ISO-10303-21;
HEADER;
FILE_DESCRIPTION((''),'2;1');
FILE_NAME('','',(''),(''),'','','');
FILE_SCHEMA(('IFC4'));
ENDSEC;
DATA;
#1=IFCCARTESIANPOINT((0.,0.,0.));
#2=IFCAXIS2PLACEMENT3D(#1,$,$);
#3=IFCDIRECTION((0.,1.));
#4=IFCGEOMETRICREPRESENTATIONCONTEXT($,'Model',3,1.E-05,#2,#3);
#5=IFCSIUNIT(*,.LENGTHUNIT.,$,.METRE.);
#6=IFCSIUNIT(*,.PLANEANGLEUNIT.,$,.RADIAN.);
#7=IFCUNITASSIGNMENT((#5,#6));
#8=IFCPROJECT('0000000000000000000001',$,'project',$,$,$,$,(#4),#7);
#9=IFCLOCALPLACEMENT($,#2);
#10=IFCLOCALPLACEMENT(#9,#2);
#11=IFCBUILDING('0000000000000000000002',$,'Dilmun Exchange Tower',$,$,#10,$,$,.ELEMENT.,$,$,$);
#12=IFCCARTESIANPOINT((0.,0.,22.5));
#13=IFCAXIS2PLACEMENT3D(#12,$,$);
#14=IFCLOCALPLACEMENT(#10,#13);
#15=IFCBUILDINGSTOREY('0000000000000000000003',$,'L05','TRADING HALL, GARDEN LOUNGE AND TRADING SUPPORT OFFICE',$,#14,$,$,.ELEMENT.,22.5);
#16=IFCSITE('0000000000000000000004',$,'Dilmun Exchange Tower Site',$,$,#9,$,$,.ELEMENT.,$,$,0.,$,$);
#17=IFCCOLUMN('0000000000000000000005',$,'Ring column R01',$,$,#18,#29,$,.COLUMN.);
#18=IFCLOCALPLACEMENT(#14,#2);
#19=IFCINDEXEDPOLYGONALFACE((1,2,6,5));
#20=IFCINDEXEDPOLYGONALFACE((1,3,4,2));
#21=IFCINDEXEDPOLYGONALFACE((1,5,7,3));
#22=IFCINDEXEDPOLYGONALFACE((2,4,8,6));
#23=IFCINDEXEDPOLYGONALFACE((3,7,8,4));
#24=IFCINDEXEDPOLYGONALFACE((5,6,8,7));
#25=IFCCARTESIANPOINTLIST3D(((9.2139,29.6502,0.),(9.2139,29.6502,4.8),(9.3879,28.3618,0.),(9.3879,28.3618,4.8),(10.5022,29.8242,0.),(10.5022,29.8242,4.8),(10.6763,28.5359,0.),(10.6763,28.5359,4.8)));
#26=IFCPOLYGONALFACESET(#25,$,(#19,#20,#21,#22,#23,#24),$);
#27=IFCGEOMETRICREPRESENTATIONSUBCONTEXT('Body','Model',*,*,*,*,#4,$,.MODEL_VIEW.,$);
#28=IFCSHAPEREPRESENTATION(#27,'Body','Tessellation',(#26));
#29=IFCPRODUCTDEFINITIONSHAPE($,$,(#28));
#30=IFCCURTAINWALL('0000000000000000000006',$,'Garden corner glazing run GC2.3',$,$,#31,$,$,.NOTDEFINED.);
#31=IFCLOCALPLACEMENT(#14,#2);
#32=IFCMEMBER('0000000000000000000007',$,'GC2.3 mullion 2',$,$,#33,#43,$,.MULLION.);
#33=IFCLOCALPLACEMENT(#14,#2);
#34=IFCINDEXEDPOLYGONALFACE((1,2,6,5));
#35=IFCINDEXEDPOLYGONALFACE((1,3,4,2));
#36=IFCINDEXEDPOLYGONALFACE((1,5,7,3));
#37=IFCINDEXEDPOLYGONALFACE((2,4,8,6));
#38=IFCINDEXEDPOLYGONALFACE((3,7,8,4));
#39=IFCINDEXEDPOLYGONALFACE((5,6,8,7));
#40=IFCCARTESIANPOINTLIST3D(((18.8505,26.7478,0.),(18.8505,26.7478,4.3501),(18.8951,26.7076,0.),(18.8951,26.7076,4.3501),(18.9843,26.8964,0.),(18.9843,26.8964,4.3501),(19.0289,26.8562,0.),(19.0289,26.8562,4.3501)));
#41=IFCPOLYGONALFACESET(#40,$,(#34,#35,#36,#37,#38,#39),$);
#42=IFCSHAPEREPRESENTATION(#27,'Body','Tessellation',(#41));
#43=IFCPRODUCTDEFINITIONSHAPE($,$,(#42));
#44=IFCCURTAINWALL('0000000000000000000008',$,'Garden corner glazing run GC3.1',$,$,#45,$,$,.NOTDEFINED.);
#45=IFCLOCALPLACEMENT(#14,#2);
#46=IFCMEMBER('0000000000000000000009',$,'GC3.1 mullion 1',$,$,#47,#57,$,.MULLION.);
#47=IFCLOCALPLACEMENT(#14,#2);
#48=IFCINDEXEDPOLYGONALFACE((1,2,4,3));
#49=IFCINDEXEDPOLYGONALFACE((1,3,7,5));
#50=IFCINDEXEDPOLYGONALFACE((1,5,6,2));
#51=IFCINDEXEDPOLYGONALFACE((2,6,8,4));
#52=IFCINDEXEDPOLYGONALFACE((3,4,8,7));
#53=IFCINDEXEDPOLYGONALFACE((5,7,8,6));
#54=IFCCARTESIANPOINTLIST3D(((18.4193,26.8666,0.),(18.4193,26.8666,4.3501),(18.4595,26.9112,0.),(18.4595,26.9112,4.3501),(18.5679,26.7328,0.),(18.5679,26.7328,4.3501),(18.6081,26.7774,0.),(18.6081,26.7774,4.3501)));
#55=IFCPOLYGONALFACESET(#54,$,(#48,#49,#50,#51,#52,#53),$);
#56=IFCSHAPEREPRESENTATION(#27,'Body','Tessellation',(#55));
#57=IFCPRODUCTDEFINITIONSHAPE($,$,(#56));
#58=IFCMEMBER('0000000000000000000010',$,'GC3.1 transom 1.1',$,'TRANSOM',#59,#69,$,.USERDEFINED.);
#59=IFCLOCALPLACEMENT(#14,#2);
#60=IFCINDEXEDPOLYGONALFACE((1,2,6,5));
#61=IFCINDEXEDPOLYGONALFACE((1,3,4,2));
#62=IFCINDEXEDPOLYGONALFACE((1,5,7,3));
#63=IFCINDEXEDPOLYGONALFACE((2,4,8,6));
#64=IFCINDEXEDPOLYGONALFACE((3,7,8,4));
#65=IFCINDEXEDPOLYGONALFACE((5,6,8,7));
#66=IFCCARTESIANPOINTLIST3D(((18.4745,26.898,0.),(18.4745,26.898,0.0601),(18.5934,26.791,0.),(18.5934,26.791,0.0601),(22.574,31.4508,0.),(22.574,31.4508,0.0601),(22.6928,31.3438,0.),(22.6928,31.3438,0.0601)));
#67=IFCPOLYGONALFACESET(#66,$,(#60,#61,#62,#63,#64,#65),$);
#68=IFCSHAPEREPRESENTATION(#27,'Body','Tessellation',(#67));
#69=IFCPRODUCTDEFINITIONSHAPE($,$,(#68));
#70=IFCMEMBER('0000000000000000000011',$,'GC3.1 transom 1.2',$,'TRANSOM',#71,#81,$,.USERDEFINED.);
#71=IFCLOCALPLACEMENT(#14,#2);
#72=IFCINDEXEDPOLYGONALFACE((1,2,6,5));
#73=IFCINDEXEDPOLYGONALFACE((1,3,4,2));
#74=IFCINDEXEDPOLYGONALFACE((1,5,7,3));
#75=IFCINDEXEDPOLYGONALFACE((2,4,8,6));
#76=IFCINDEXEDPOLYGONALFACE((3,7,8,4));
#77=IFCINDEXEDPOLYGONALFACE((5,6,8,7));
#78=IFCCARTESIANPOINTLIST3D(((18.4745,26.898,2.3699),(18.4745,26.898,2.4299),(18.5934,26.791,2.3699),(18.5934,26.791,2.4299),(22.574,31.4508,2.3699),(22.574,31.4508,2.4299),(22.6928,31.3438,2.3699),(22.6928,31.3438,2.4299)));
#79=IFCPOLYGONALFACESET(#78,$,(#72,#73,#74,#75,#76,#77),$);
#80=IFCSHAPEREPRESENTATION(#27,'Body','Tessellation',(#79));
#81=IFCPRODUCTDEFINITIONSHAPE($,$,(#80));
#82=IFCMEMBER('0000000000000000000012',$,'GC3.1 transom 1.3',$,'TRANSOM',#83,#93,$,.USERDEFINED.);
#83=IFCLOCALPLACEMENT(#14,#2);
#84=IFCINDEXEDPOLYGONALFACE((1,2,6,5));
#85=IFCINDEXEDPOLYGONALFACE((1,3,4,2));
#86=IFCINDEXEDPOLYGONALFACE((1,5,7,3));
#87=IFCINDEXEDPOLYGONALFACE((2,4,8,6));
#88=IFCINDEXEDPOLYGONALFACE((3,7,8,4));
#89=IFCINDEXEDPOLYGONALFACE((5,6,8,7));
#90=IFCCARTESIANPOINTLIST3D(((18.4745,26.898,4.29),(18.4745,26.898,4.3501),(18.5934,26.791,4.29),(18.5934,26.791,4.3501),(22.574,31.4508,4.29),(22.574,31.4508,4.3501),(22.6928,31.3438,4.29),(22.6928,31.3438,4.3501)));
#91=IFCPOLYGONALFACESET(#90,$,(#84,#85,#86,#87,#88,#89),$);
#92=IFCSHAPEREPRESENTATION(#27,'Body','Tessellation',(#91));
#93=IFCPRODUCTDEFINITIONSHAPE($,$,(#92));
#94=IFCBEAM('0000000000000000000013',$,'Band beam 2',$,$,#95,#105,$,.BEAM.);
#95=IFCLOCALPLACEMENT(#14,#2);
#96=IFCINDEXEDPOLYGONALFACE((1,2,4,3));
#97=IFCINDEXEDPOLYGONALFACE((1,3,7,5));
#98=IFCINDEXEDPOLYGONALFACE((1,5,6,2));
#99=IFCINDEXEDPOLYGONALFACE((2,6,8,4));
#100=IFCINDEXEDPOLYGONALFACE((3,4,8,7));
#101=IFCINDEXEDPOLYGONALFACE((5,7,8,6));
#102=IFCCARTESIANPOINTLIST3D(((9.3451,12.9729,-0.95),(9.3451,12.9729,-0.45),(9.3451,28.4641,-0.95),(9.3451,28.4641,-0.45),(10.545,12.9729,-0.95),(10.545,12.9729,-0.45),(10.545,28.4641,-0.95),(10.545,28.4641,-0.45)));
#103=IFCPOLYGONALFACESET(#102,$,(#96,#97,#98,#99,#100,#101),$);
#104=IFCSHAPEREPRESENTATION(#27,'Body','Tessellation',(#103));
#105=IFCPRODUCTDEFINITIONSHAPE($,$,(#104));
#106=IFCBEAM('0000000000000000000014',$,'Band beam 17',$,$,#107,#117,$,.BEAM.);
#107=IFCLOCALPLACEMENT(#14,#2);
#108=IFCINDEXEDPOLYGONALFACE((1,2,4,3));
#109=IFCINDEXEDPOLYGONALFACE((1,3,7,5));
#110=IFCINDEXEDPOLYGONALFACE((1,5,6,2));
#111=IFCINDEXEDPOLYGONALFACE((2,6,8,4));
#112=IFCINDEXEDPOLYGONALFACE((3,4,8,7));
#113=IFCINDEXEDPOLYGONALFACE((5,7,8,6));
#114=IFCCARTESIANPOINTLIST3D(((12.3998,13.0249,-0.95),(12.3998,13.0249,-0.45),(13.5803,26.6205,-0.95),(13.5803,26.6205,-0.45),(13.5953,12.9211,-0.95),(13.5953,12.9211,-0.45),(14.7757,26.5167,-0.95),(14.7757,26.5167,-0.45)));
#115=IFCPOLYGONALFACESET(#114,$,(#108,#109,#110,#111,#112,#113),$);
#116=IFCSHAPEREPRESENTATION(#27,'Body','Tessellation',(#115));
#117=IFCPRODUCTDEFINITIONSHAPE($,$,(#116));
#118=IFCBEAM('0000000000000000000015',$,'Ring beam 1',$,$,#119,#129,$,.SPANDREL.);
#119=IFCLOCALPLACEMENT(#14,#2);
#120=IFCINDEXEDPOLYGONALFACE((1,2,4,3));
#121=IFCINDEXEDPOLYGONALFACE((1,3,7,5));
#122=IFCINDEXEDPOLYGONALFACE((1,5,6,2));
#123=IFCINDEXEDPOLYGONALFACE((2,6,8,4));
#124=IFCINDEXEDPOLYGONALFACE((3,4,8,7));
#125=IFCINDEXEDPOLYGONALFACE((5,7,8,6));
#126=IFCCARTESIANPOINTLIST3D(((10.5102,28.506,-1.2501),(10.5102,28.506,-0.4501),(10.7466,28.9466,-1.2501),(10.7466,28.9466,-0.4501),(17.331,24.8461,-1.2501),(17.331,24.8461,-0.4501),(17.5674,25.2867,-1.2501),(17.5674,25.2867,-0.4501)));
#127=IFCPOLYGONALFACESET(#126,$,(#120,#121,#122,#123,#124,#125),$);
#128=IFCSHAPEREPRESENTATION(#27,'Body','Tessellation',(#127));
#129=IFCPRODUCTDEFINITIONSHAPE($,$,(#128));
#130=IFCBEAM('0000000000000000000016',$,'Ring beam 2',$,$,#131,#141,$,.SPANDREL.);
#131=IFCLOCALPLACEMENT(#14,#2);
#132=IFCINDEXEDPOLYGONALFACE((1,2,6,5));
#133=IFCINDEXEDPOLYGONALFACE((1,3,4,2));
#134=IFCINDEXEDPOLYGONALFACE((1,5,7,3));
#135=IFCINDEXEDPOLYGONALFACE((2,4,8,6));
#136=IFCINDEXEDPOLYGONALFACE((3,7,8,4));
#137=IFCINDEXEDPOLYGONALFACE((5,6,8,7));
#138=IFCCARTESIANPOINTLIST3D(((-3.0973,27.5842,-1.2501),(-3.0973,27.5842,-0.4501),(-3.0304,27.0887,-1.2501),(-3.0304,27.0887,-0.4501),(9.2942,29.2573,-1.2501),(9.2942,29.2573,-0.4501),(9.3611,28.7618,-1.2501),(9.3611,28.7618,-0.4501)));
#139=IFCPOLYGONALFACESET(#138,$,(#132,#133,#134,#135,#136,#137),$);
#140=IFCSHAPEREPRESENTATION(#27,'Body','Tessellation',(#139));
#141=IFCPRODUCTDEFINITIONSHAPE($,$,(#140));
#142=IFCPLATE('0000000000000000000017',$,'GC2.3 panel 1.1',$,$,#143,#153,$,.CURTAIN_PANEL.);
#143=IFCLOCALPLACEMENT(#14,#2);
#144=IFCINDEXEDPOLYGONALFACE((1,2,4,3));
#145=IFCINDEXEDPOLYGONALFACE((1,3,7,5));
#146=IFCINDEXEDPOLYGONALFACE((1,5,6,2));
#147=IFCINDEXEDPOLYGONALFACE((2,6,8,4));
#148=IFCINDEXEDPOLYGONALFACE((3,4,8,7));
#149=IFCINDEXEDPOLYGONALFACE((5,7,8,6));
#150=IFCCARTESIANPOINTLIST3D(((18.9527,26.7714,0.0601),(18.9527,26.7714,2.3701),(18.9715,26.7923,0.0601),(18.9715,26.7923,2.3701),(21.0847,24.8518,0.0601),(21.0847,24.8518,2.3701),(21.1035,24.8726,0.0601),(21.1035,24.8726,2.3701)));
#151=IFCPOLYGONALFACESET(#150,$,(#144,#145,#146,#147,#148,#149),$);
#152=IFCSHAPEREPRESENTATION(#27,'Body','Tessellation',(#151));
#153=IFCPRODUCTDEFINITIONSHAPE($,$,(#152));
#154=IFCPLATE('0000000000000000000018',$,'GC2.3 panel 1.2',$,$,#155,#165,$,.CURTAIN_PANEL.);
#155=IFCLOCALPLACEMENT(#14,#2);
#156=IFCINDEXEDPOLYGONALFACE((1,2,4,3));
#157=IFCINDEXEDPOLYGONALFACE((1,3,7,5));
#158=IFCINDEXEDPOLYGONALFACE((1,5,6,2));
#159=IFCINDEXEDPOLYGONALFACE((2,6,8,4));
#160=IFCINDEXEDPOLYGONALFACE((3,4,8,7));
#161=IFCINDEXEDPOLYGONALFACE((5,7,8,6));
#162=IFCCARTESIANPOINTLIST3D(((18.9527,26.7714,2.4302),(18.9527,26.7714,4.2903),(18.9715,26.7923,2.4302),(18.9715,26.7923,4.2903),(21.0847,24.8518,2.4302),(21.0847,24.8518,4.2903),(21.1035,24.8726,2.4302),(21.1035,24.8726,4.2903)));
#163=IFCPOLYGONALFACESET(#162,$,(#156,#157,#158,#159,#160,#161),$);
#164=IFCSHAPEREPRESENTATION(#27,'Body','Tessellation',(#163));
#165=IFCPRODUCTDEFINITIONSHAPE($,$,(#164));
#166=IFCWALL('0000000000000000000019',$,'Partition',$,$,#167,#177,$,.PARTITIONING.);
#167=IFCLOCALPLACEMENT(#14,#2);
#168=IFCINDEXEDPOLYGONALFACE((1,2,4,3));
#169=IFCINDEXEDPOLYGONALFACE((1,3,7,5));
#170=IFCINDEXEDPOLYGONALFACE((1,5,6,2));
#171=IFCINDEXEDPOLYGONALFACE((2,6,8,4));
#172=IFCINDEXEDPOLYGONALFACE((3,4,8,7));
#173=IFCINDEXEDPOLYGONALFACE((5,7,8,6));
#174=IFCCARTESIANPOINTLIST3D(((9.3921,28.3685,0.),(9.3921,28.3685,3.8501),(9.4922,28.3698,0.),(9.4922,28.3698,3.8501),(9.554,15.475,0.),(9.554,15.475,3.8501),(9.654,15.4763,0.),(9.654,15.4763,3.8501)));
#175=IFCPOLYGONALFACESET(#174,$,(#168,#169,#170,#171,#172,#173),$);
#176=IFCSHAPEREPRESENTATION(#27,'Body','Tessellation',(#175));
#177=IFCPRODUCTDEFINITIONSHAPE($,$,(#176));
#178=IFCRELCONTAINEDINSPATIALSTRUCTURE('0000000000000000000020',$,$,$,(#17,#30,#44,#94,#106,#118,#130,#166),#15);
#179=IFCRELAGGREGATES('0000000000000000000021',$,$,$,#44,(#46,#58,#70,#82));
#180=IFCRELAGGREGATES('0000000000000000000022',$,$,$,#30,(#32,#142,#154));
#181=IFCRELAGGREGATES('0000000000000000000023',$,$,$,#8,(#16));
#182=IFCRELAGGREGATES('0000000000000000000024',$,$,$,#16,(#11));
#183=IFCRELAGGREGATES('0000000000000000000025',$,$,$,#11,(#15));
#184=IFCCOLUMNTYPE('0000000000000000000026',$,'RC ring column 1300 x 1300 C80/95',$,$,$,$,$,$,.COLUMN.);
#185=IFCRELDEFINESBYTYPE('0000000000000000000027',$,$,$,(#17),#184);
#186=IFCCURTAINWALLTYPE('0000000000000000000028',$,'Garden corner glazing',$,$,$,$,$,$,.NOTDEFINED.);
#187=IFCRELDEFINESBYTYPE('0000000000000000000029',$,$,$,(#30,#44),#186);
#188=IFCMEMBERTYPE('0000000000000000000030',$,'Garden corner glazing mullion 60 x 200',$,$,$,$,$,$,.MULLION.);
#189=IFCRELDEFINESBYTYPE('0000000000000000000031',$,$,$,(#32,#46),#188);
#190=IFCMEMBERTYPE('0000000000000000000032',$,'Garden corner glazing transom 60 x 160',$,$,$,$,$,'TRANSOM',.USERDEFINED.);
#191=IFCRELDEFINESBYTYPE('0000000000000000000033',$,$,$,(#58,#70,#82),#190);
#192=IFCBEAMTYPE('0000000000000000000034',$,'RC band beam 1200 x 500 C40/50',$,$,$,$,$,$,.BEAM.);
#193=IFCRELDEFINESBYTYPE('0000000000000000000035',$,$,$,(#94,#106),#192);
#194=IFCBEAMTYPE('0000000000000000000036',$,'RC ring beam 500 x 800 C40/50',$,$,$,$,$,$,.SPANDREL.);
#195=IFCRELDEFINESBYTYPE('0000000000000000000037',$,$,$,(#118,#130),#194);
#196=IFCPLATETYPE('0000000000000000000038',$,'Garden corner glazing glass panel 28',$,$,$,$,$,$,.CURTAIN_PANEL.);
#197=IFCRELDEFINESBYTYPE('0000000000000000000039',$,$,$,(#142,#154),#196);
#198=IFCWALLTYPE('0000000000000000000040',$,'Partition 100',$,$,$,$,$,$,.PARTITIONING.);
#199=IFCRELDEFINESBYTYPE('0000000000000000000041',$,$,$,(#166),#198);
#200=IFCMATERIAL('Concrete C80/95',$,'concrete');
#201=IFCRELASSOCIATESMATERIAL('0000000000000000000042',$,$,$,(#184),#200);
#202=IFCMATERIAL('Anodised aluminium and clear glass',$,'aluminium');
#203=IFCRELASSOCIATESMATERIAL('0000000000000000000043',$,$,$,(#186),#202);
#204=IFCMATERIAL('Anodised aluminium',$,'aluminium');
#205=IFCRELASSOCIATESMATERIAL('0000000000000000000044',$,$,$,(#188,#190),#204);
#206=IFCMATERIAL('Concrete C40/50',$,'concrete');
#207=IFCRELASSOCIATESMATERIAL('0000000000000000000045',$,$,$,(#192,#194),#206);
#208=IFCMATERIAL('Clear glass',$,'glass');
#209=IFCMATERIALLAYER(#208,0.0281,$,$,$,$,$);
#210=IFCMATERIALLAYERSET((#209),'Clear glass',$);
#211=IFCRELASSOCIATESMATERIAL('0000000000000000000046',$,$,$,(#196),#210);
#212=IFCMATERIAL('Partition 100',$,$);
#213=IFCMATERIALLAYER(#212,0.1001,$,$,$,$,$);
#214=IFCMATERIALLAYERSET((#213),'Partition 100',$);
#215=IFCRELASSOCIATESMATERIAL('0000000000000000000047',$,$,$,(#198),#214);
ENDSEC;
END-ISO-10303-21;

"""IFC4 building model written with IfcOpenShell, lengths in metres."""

from ifc_helpers import new_model, si_unit, direction, frame, frame_2d, origin, origin_2d, place, context, subcontext, project, spatial, rectangle, extrude, material, layer, layer_set, material_profile, profile_set, type_object, element, aggregate, save


model = new_model("IFC4")

# Units and contexts
model_context = context("Model", 3, precision=1e-05, world=origin(), true_north=direction((0.0, 1.0)))
body_context = subcontext(model_context, "Body", "Model", "MODEL_VIEW")
ifc_project = project(units=[si_unit("LENGTHUNIT", "METRE"), si_unit("PLANEANGLEUNIT", "RADIAN")], contexts=[model_context])

# Site, building, storey
site_placement = place(None, origin())
site = spatial("IfcSite", under=ifc_project, at=site_placement, Name="Dilmun Exchange Tower Site", CompositionType="ELEMENT", RefElevation=0.0)
building_placement = place(site_placement, origin())
building = spatial("IfcBuilding", under=site, at=building_placement, Name="Dilmun Exchange Tower", CompositionType="ELEMENT")
storey_placement = place(building_placement, frame((0.0, 0.0, 22.5)))
storey = spatial("IfcBuildingStorey", under=building, at=storey_placement, Name="L05", Description="TRADING HALL, GARDEN LOUNGE AND TRADING SUPPORT OFFICE", CompositionType="ELEMENT", Elevation=22.5)

# Column
ifc_material_1 = material(Name="Concrete C80/95", Category="concrete")
ifc_material_profile_1 = material_profile(ifc_material_1, rectangle(XDim=1.3, YDim=1.3, at=origin_2d()), Name="1300 x 1300")
ifc_profile_set_1 = profile_set([ifc_material_profile_1], Name="Concrete C80/95")
column_type = type_object("IfcColumnType", Name="RC ring column 1300 x 1300 C80/95", PredefinedType="COLUMN", material=ifc_profile_set_1)
column_placement = place(storey_placement, frame((9.9451, 29.093, 0.0), z_axis=(0.0, 0.0, 1.0), x_axis=(0.991001, 0.133853, 0.0)))
element("IfcColumn", 1, at=column_placement, inside=storey, type_object=column_type, Name="Ring column R01", PredefinedType="COLUMN", context=body_context, shape_type="SweptSolid", body=[
    extrude(rectangle(XDim=1.3, YDim=1.3, at=origin_2d()), origin(), (0.0, 0.0, 1.0), 4.8),
])

# Curtain wall, member
ifc_material_2 = material(Name="Anodised aluminium and clear glass", Category="aluminium")
curtain_wall_type = type_object("IfcCurtainWallType", Name="Garden corner glazing", PredefinedType="NOTDEFINED", material=ifc_material_2)
curtain_wall_1_placement = place(storey_placement, origin())
curtain_wall_1 = element("IfcCurtainWall", 2, at=curtain_wall_1_placement, inside=storey, type_object=curtain_wall_type, Name="Garden corner glazing run GC2.3", PredefinedType="NOTDEFINED")
ifc_material_3 = material(Name="Anodised aluminium", Category="aluminium")
ifc_material_profile_2 = material_profile(ifc_material_3, rectangle(XDim=0.2, YDim=0.0601, at=origin_2d()), Name="AL 60x200")
ifc_profile_set_2 = profile_set([ifc_material_profile_2], Name="Anodised aluminium")
member_type_1 = type_object("IfcMemberType", Name="Garden corner glazing mullion 60 x 200", PredefinedType="MULLION", material=ifc_profile_set_2)
member_1_placement = place(storey_placement, frame((18.9397, 26.802, 0.0), z_axis=(0.0, 0.0, 1.0), x_axis=(-0.669118, -0.743156, 0.0)))
member_1 = element("IfcMember", 3, at=member_1_placement, type_object=member_type_1, Name="GC2.3 mullion 2", PredefinedType="MULLION", context=body_context, shape_type="SweptSolid", body=[
    extrude(rectangle(XDim=0.2, YDim=0.0601, at=origin_2d()), origin(), (0.0, 0.0, 1.0), 4.3501),
])

# Curtain wall, members
curtain_wall_2_placement = place(storey_placement, origin())
curtain_wall_2 = element("IfcCurtainWall", 4, at=curtain_wall_2_placement, inside=storey, type_object=curtain_wall_type, Name="Garden corner glazing run GC3.1", PredefinedType="NOTDEFINED")
member_2_placement = place(storey_placement, frame((18.5137, 26.822, 0.0), z_axis=(0.0, 0.0, 1.0), x_axis=(-0.74315, 0.669125, 0.0)))
member_2 = element("IfcMember", 5, at=member_2_placement, type_object=member_type_1, Name="GC3.1 mullion 1", PredefinedType="MULLION", context=body_context, shape_type="SweptSolid", body=[
    extrude(rectangle(XDim=0.2, YDim=0.0601, at=origin_2d()), origin(), (0.0, 0.0, 1.0), 4.3501),
])
ifc_material_profile_3 = material_profile(ifc_material_3, rectangle(XDim=0.1599, YDim=0.0601, at=origin_2d()), Name="AL 60x160")
ifc_profile_set_3 = profile_set([ifc_material_profile_3], Name="Anodised aluminium")
member_type_2 = type_object("IfcMemberType", Name="Garden corner glazing transom 60 x 160", ElementType="TRANSOM", PredefinedType="USERDEFINED", material=ifc_profile_set_3)
member_3_placement = place(storey_placement, frame((18.5339, 26.8445, 0.03), z_axis=(0.669136, 0.74314, 0.0), x_axis=(-0.74314, 0.669136, 0.0)))
member_3 = element("IfcMember", 6, at=member_3_placement, type_object=member_type_2, Name="GC3.1 transom 1.1", ObjectType="TRANSOM", PredefinedType="USERDEFINED", context=body_context, shape_type="SweptSolid", body=[
    extrude(rectangle(XDim=0.1599, YDim=0.0601, at=origin_2d()), origin(), (0.0, 0.0, 1.0), 6.1265),
])
member_4_placement = place(storey_placement, frame((18.5339, 26.8445, 2.3999), z_axis=(0.669136, 0.74314, 0.0), x_axis=(-0.74314, 0.669136, 0.0)))
member_4 = element("IfcMember", 7, at=member_4_placement, type_object=member_type_2, Name="GC3.1 transom 1.2", ObjectType="TRANSOM", PredefinedType="USERDEFINED", context=body_context, shape_type="SweptSolid", body=[
    extrude(rectangle(XDim=0.1599, YDim=0.0601, at=origin_2d()), origin(), (0.0, 0.0, 1.0), 6.1265),
])
member_5_placement = place(storey_placement, frame((18.5339, 26.8445, 4.3201), z_axis=(0.669136, 0.74314, 0.0), x_axis=(-0.74314, 0.669136, 0.0)))
member_5 = element("IfcMember", 8, at=member_5_placement, type_object=member_type_2, Name="GC3.1 transom 1.3", ObjectType="TRANSOM", PredefinedType="USERDEFINED", context=body_context, shape_type="SweptSolid", body=[
    extrude(rectangle(XDim=0.1599, YDim=0.0601, at=origin_2d()), origin(), (0.0, 0.0, 1.0), 6.1265),
])
aggregate(curtain_wall_2, [member_2, member_3, member_4, member_5])

# Beams
ifc_material_4 = material(Name="Concrete C40/50", Category="concrete")
ifc_material_profile_4 = material_profile(ifc_material_4, rectangle(XDim=1.2, YDim=0.5, at=origin_2d()), Name="1200 x 500")
ifc_profile_set_4 = profile_set([ifc_material_profile_4], Name="Concrete C40/50")
beam_type_1 = type_object("IfcBeamType", Name="RC band beam 1200 x 500 C40/50", PredefinedType="BEAM", material=ifc_profile_set_4)
beam_1_placement = place(storey_placement, frame((9.9451, 28.4641, -0.7), z_axis=(0.0, -1.0, 0.0), x_axis=(1.0, 0.0, 0.0)))
element("IfcBeam", 9, at=beam_1_placement, inside=storey, type_object=beam_type_1, Name="Band beam 2", PredefinedType="BEAM", context=body_context, shape_type="SweptSolid", body=[
    extrude(rectangle(XDim=1.2, YDim=0.5, at=origin_2d()), origin(), (0.0, 0.0, 1.0), 15.4912),
])
beam_2_placement = place(storey_placement, frame((14.178, 26.5686, -0.7), z_axis=(-0.086499, -0.996252, 0.0), x_axis=(0.996252, -0.086499, 0.0)))
element("IfcBeam", 10, at=beam_2_placement, inside=storey, type_object=beam_type_1, Name="Band beam 17", PredefinedType="BEAM", context=body_context, shape_type="SweptSolid", body=[
    extrude(rectangle(XDim=1.2, YDim=0.5, at=origin_2d()), origin(), (0.0, 0.0, 1.0), 13.6467),
])
ifc_material_profile_5 = material_profile(ifc_material_4, rectangle(XDim=0.5, YDim=0.8, at=origin_2d()), Name="500 x 800")
ifc_profile_set_5 = profile_set([ifc_material_profile_5], Name="Concrete C40/50")
beam_type_2 = type_object("IfcBeamType", Name="RC ring beam 500 x 800 C40/50", PredefinedType="SPANDREL", material=ifc_profile_set_5)
beam_3_placement = place(storey_placement, frame((17.4492, 25.0664, -0.8501), z_axis=(-0.881162, 0.472815, 0.0), x_axis=(-0.472815, -0.881162, 0.0)))
element("IfcBeam", 11, at=beam_3_placement, inside=storey, type_object=beam_type_2, Name="Ring beam 1", PredefinedType="SPANDREL", context=body_context, shape_type="SweptSolid", body=[
    extrude(rectangle(XDim=0.5, YDim=0.8, at=origin_2d()), origin(), (0.0, 0.0, 1.0), 7.7407),
])
beam_4_placement = place(storey_placement, frame((9.3276, 29.0095, -0.8501), z_axis=(-0.991007, -0.133807, 0.0), x_axis=(0.133807, -0.991007, 0.0)))
element("IfcBeam", 12, at=beam_4_placement, inside=storey, type_object=beam_type_2, Name="Ring beam 2", PredefinedType="SPANDREL", context=body_context, shape_type="SweptSolid", body=[
    extrude(rectangle(XDim=0.5, YDim=0.8, at=origin_2d()), origin(), (0.0, 0.0, 1.0), 12.5039),
])

# Plates
ifc_material_5 = material(Name="Clear glass", Category="glass")
ifc_layer_1 = layer(ifc_material_5, 0.0281)
ifc_layer_set_1 = layer_set([ifc_layer_1], Name="Clear glass")
plate_type = type_object("IfcPlateType", Name="Garden corner glazing glass panel 28", PredefinedType="CURTAIN_PANEL", material=ifc_layer_set_1)
plate_1_placement = place(storey_placement, frame((20.0281, 25.822, 0.0601), z_axis=(0.0, 0.0, 1.0), x_axis=(-0.743156, 0.669118, 0.0)))
plate_1 = element("IfcPlate", 13, at=plate_1_placement, type_object=plate_type, Name="GC2.3 panel 1.1", PredefinedType="CURTAIN_PANEL", context=body_context, shape_type="SweptSolid", body=[
    extrude(rectangle(XDim=2.8689, YDim=0.0281, at=origin_2d()), origin(), (0.0, 0.0, 1.0), 2.3101),
])
plate_2_placement = place(storey_placement, frame((20.0281, 25.822, 2.4302), z_axis=(0.0, 0.0, 1.0), x_axis=(-0.743156, 0.669118, 0.0)))
plate_2 = element("IfcPlate", 14, at=plate_2_placement, type_object=plate_type, Name="GC2.3 panel 1.2", PredefinedType="CURTAIN_PANEL", context=body_context, shape_type="SweptSolid", body=[
    extrude(rectangle(XDim=2.8689, YDim=0.0281, at=origin_2d()), origin(), (0.0, 0.0, 1.0), 1.8601),
])
aggregate(curtain_wall_1, [member_1, plate_1, plate_2])

# Wall
ifc_material_6 = material(Name="Partition 100")
ifc_layer_2 = layer(ifc_material_6, 0.1001)
ifc_layer_set_2 = layer_set([ifc_layer_2], Name="Partition 100")
wall_type = type_object("IfcWallType", Name="Partition 100", PredefinedType="PARTITIONING", material=ifc_layer_set_2)
wall_placement = place(storey_placement, frame((9.4421, 28.3691, 0.0), z_axis=(0.0, 0.0, 1.0), x_axis=(0.012553, -0.999921, 0.0)))
element("IfcWall", 15, at=wall_placement, inside=storey, type_object=wall_type, Name="Partition", PredefinedType="PARTITIONING", context=body_context, shape_type="SweptSolid", body=[
    extrude(rectangle(XDim=12.8945, YDim=0.1001, at=frame_2d((6.4473, 0.0))), origin(), (0.0, 0.0, 1.0), 3.8501),
])

save(model, "model.ifc")
